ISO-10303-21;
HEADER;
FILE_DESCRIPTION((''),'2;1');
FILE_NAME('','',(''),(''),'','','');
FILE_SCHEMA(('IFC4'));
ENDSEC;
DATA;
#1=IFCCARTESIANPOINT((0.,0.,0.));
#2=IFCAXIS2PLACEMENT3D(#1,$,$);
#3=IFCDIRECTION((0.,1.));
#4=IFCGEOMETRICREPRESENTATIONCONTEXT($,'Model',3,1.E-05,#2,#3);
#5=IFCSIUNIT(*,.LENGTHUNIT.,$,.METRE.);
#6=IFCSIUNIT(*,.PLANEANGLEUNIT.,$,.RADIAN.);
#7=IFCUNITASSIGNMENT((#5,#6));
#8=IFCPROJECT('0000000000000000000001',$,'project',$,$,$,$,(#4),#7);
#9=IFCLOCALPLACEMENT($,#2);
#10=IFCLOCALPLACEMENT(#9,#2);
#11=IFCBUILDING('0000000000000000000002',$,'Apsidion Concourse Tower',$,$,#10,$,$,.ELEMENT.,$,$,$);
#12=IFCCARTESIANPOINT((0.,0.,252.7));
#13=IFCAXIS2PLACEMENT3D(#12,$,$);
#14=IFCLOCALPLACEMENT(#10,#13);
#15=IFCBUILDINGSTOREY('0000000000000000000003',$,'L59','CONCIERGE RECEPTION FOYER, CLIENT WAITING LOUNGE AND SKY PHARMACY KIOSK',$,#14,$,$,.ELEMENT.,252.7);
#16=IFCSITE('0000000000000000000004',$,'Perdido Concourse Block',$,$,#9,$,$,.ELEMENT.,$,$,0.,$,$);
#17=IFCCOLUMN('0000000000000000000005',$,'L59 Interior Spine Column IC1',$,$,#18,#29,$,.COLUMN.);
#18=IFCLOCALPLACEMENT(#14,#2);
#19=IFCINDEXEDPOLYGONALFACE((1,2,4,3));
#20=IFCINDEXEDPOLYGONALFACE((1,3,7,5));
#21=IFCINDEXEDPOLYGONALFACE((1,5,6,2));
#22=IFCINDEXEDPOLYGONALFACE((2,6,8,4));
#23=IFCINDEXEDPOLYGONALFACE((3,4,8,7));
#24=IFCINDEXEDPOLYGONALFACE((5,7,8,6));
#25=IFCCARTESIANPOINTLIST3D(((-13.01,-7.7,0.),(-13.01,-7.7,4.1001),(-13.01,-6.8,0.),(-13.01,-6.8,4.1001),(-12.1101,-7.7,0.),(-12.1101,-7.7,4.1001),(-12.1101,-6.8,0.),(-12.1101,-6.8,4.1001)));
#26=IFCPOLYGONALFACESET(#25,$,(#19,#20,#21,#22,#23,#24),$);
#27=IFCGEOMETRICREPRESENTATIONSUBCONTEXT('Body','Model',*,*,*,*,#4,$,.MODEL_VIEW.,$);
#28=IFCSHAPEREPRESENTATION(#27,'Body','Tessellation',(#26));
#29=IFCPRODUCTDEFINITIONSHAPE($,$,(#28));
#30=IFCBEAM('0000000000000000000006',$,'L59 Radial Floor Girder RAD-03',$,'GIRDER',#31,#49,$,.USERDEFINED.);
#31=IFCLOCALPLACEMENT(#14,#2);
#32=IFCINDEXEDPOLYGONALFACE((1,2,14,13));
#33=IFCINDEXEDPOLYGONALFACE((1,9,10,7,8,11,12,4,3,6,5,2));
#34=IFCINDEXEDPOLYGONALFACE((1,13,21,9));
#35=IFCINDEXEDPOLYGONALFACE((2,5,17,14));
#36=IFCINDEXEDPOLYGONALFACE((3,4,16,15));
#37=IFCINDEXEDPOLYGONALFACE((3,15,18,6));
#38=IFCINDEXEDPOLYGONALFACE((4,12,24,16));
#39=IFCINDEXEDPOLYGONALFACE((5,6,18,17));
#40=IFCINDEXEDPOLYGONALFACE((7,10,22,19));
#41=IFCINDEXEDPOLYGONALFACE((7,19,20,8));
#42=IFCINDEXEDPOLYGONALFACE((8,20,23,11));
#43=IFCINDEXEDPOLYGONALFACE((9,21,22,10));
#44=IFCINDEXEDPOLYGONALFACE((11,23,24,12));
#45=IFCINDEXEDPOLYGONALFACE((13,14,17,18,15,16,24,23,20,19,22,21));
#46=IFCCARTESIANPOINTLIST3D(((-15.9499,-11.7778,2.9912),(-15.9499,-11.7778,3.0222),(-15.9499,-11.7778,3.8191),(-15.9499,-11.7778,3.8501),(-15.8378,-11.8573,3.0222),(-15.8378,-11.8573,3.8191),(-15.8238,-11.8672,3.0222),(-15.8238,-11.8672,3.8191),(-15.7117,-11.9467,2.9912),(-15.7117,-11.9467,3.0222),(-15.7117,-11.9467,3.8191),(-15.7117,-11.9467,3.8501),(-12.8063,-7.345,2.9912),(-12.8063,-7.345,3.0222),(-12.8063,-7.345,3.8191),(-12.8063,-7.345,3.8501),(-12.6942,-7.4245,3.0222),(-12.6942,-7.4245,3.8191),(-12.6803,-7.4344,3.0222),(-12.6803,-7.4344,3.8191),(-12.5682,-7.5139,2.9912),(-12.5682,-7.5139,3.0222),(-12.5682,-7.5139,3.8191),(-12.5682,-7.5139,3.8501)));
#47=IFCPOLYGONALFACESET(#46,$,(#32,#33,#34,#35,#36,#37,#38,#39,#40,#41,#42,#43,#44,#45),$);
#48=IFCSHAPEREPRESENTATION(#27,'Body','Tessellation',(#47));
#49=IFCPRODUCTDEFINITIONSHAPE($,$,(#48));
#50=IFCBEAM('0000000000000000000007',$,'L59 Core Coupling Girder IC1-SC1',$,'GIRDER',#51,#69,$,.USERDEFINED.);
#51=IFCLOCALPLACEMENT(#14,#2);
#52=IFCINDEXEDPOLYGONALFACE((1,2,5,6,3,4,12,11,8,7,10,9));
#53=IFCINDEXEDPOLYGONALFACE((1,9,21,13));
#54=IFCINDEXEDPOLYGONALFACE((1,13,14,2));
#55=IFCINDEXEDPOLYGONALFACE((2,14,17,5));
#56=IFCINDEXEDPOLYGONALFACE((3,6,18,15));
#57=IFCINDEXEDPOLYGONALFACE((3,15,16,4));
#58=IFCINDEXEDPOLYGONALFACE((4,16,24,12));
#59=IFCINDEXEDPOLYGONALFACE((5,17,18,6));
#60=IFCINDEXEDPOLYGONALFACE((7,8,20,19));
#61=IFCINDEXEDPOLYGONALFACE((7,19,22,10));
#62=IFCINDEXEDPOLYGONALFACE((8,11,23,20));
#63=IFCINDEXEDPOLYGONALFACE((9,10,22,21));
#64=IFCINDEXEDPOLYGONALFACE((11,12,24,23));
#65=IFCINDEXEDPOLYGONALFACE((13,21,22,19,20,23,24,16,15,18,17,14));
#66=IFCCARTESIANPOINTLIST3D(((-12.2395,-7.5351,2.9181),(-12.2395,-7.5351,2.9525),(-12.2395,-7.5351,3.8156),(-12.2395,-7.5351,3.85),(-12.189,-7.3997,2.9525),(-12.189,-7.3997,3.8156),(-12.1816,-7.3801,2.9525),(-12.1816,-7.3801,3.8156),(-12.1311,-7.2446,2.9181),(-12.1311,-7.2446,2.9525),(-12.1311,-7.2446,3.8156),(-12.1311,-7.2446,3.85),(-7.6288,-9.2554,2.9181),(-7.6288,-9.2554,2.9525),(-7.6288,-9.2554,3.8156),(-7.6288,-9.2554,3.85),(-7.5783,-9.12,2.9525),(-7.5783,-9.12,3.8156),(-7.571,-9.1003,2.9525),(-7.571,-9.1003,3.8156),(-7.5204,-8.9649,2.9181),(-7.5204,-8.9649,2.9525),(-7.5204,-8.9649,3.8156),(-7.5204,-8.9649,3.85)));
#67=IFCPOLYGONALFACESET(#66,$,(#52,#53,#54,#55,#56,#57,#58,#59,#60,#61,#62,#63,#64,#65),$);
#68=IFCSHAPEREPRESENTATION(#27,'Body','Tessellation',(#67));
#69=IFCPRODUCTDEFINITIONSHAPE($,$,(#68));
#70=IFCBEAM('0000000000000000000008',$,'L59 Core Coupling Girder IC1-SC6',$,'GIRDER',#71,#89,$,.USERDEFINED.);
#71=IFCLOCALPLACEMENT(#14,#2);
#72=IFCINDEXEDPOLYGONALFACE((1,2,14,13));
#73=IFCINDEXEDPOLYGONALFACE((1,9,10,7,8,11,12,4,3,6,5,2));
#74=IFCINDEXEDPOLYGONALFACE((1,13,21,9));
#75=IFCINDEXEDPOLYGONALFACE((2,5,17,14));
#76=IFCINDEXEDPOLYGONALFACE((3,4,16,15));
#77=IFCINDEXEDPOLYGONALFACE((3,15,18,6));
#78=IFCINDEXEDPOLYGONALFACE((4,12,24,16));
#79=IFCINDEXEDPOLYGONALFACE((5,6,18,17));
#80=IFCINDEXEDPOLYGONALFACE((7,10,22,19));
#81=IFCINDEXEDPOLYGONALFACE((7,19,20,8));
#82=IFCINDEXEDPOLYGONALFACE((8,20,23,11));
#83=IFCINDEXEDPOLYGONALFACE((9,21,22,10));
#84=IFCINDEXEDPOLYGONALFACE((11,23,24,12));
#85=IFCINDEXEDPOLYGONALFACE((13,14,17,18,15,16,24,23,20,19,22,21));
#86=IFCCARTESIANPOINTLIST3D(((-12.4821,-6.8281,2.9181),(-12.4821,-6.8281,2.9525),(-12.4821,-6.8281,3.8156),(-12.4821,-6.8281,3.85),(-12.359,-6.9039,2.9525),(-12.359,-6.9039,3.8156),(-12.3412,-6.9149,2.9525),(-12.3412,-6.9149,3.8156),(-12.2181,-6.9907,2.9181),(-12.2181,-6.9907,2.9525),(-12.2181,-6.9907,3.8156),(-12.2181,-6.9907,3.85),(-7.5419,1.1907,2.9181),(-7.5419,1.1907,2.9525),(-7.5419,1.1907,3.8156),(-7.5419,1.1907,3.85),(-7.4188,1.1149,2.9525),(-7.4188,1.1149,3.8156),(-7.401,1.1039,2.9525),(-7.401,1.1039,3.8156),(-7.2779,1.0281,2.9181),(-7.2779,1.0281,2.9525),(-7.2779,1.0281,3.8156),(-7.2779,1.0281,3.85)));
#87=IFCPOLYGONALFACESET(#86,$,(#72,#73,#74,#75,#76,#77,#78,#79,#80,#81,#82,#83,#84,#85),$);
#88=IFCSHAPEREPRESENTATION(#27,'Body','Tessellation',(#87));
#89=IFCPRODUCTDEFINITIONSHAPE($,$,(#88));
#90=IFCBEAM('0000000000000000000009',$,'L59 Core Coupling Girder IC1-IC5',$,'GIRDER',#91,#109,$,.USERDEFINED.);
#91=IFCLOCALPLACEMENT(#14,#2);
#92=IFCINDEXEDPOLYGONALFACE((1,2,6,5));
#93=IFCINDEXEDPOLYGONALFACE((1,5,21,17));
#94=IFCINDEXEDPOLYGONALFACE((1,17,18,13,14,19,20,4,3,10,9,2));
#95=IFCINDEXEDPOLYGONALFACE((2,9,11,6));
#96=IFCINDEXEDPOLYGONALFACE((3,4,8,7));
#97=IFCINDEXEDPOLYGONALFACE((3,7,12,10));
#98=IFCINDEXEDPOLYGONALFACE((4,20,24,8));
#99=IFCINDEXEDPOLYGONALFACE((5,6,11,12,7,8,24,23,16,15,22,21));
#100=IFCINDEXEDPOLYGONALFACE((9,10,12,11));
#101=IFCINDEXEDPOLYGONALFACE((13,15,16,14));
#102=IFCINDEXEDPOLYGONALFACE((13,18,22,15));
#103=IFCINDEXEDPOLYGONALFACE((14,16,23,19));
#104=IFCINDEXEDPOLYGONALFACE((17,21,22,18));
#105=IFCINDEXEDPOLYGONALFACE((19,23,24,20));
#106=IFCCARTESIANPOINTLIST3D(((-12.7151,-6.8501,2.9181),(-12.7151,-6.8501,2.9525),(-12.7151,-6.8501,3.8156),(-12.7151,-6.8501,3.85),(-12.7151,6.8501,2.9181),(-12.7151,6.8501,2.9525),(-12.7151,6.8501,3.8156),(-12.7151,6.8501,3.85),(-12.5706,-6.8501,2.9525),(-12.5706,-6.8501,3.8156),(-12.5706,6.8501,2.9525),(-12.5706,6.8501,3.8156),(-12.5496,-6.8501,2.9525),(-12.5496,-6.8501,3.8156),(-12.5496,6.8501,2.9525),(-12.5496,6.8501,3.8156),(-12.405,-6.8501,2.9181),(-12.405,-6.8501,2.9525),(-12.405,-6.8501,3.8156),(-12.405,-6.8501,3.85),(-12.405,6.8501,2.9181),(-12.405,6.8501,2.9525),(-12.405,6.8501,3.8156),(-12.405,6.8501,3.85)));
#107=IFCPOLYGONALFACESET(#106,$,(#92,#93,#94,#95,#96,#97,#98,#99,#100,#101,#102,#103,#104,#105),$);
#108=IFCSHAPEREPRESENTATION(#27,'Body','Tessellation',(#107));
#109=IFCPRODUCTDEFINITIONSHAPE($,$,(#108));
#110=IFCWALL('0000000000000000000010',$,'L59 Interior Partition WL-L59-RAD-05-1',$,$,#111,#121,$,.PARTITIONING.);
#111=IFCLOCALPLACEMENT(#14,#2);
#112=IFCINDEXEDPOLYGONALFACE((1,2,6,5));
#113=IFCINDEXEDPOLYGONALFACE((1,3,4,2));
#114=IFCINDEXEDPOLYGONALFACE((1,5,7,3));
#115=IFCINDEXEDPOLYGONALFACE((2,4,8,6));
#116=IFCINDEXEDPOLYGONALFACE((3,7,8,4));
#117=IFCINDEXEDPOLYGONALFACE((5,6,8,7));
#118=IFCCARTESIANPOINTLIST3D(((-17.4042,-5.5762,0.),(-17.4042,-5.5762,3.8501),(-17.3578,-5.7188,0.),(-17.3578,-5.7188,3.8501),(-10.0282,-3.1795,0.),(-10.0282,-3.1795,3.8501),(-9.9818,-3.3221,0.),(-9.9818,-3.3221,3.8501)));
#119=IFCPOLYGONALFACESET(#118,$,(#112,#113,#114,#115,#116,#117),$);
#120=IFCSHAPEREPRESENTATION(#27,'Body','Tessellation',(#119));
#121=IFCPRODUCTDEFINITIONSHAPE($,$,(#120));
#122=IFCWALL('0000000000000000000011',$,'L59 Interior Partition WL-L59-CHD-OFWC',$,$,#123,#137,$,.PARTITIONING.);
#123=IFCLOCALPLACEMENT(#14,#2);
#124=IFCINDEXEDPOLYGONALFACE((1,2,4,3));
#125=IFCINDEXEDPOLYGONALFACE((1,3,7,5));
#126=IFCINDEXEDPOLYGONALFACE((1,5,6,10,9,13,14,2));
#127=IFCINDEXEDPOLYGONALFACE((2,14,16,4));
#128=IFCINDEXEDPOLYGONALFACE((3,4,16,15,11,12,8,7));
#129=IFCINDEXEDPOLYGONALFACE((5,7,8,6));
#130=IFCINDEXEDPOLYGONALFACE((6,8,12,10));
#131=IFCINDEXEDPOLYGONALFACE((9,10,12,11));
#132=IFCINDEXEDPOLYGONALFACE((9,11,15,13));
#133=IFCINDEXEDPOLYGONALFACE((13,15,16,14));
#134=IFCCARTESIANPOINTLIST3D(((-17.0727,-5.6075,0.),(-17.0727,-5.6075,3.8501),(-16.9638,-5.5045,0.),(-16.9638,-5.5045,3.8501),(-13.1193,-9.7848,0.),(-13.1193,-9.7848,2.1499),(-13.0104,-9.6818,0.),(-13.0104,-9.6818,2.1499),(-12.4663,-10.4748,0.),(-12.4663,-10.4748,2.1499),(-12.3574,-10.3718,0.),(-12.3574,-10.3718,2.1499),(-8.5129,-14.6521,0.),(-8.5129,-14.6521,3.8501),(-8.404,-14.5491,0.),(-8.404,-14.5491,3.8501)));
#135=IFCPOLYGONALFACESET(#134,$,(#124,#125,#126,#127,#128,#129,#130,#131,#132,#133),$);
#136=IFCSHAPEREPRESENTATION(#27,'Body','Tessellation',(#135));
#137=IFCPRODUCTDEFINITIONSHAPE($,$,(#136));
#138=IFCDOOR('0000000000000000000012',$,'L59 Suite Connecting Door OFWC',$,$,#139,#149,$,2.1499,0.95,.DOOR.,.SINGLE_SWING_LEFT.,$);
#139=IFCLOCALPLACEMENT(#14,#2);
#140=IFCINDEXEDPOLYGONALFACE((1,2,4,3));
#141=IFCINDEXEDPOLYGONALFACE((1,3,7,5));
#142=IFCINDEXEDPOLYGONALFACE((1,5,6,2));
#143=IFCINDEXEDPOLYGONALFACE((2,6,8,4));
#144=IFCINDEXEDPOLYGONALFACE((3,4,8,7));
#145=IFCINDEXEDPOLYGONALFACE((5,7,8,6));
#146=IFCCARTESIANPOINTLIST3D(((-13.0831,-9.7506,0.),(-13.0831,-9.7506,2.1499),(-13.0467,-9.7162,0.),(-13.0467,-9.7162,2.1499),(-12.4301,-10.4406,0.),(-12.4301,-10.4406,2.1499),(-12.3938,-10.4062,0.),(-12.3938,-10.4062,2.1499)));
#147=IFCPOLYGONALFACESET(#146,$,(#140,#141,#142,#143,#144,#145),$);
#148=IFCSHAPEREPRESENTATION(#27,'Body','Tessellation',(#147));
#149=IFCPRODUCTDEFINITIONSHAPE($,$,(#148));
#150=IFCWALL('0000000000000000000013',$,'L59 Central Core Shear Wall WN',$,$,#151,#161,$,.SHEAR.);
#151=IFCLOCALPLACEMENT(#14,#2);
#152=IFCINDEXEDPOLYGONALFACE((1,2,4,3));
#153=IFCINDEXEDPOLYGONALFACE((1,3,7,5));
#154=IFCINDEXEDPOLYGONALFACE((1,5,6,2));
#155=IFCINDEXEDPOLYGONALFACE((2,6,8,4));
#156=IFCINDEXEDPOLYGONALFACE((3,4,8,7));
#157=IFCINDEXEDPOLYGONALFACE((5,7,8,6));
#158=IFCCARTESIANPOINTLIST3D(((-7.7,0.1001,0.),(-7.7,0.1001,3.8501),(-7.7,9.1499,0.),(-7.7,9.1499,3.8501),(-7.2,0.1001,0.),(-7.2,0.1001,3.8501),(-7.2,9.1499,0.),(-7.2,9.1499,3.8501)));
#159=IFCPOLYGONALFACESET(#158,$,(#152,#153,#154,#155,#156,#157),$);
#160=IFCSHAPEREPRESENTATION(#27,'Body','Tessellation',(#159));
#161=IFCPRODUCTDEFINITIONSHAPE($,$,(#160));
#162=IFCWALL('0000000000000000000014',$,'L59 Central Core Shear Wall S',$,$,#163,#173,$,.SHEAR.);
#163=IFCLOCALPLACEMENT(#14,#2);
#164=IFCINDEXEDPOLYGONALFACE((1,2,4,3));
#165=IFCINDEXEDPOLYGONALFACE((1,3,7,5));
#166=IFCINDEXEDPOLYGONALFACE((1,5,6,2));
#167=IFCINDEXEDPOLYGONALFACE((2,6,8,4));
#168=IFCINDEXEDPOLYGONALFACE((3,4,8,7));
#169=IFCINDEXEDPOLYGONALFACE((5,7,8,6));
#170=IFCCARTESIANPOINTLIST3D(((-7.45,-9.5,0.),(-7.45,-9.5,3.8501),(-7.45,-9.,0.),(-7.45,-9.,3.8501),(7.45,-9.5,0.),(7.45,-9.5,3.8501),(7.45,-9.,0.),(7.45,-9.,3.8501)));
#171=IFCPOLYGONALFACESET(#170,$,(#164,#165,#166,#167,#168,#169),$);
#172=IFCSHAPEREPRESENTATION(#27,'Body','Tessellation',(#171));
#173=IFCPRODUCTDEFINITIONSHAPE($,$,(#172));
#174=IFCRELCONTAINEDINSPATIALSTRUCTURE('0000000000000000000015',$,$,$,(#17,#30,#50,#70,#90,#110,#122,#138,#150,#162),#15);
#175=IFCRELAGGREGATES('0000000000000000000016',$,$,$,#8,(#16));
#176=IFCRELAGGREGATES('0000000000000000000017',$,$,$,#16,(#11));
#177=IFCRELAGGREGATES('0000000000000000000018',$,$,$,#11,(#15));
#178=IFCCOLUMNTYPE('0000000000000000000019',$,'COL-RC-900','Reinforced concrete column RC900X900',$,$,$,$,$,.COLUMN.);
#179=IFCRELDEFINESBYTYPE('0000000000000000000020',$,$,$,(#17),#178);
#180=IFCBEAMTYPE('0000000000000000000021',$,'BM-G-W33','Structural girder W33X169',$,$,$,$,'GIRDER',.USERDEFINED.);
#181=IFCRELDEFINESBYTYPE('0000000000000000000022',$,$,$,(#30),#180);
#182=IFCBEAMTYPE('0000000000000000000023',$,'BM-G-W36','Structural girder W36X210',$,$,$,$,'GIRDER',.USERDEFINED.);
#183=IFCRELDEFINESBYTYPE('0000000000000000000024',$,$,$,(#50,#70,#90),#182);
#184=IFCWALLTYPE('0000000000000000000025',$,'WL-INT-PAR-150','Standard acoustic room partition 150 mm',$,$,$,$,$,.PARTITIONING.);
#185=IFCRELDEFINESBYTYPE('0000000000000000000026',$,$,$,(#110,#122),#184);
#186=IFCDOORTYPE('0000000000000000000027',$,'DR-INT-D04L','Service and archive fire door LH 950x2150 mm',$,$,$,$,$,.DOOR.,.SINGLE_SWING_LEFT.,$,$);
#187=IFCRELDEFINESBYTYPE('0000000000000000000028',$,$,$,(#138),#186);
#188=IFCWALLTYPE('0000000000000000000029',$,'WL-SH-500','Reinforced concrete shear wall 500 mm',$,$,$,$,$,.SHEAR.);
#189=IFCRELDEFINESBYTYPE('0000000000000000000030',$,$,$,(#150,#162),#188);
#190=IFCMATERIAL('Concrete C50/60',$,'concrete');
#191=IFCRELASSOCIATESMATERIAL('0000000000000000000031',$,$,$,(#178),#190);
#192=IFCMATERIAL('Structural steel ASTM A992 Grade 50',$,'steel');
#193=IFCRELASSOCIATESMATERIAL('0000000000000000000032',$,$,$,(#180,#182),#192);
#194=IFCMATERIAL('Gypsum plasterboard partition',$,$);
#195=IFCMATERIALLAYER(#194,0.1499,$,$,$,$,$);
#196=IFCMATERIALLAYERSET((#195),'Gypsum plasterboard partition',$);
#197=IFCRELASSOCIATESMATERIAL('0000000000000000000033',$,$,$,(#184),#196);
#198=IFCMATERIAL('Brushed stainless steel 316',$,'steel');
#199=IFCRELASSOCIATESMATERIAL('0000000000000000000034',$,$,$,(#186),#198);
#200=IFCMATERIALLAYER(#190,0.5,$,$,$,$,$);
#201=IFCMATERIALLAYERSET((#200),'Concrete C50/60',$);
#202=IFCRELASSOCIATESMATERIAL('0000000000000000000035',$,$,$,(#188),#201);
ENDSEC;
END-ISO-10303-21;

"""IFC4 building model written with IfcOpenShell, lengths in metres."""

from ifc_helpers import new_model, si_unit, direction, frame, frame_2d, origin, origin_2d, place, context, subcontext, project, spatial, rectangle, i_section, extrude, material, layer, layer_set, material_profile, profile_set, type_object, element, fill, save


model = new_model("IFC4")

# Units and contexts
model_context = context("Model", 3, precision=1e-05, world=origin(), true_north=direction((0.0, 1.0)))
body_context = subcontext(model_context, "Body", "Model", "MODEL_VIEW")
ifc_project = project(units=[si_unit("LENGTHUNIT", "METRE"), si_unit("PLANEANGLEUNIT", "RADIAN")], contexts=[model_context])

# Site, building, storey
site_placement = place(None, origin())
site = spatial("IfcSite", under=ifc_project, at=site_placement, Name="Perdido Concourse Block", CompositionType="ELEMENT", RefElevation=0.0)
building_placement = place(site_placement, origin())
building = spatial("IfcBuilding", under=site, at=building_placement, Name="Apsidion Concourse Tower", CompositionType="ELEMENT")
storey_placement = place(building_placement, frame((0.0, 0.0, 252.7)))
storey = spatial("IfcBuildingStorey", under=building, at=storey_placement, Name="L59", Description="CONCIERGE RECEPTION FOYER, CLIENT WAITING LOUNGE AND SKY PHARMACY KIOSK", CompositionType="ELEMENT", Elevation=252.7)

# Column
ifc_material_1 = material(Name="Concrete C50/60", Category="concrete")
ifc_material_profile_1 = material_profile(ifc_material_1, rectangle(XDim=0.8999, YDim=0.8999, at=origin_2d()), Name="RC 900x900")
ifc_profile_set_1 = profile_set([ifc_material_profile_1], Name="Concrete C50/60")
column_type = type_object("IfcColumnType", Name="COL-RC-900", Description="Reinforced concrete column RC900X900", PredefinedType="COLUMN", material=ifc_profile_set_1)
column_placement = place(storey_placement, frame((-12.5601, -7.25, 0.0), z_axis=(0.0, 0.0, 1.0), x_axis=(1.0, 0.0, 0.0)))
element("IfcColumn", 1, at=column_placement, inside=storey, type_object=column_type, Name="L59 Interior Spine Column IC1", PredefinedType="COLUMN", context=body_context, shape_type="SweptSolid", body=[
    extrude(rectangle(XDim=0.8999, YDim=0.8999, at=origin_2d()), origin(), (0.0, 0.0, 1.0), 4.1001),
])

# Beams
ifc_material_2 = material(Name="Structural steel ASTM A992 Grade 50", Category="steel")
ifc_material_profile_2 = material_profile(ifc_material_2, i_section(OverallWidth=0.292, OverallDepth=0.8589, WebThickness=0.0171, FlangeThickness=0.031, at=origin_2d()), Name="W33X169")
ifc_profile_set_2 = profile_set([ifc_material_profile_2], Name="Structural steel ASTM A992 Grade 50")
beam_type_1 = type_object("IfcBeamType", Name="BM-G-W33", Description="Structural girder W33X169", ElementType="GIRDER", PredefinedType="USERDEFINED", material=ifc_profile_set_2)
beam_1_placement = place(storey_placement, frame((-12.6873, -7.4294, 3.4207), z_axis=(-0.57846, -0.815711, 0.0), x_axis=(0.815711, -0.57846, 0.0)))
element("IfcBeam", 2, at=beam_1_placement, inside=storey, type_object=beam_type_1, Name="L59 Radial Floor Girder RAD-03", ObjectType="GIRDER", PredefinedType="USERDEFINED", context=body_context, shape_type="SweptSolid", body=[
    extrude(i_section(OverallWidth=0.292, OverallDepth=0.8589, WebThickness=0.0171, FlangeThickness=0.031, at=origin_2d()), origin(), (0.0, 0.0, 1.0), 5.4343),
])
ifc_material_profile_3 = material_profile(ifc_material_2, i_section(OverallWidth=0.3101, OverallDepth=0.9319, WebThickness=0.021, FlangeThickness=0.0344, at=origin_2d()), Name="W36X210")
ifc_profile_set_3 = profile_set([ifc_material_profile_3], Name="Structural steel ASTM A992 Grade 50")
beam_type_2 = type_object("IfcBeamType", Name="BM-G-W36", Description="Structural girder W36X210", ElementType="GIRDER", PredefinedType="USERDEFINED", material=ifc_profile_set_3)
beam_2_placement = place(storey_placement, frame((-12.1853, -7.3899, 3.384), z_axis=(0.936913, -0.349563, 0.0), x_axis=(0.349563, 0.936913, 0.0)))
element("IfcBeam", 3, at=beam_2_placement, inside=storey, type_object=beam_type_2, Name="L59 Core Coupling Girder IC1-SC1", ObjectType="GIRDER", PredefinedType="USERDEFINED", context=body_context, shape_type="SweptSolid", body=[
    extrude(i_section(OverallWidth=0.3101, OverallDepth=0.9319, WebThickness=0.021, FlangeThickness=0.0344, at=origin_2d()), origin(), (0.0, 0.0, 1.0), 4.9211),
])
beam_3_placement = place(storey_placement, frame((-12.3501, -6.9094, 3.384), z_axis=(0.524524, 0.851396, 0.0), x_axis=(-0.851396, 0.524524, 0.0)))
element("IfcBeam", 4, at=beam_3_placement, inside=storey, type_object=beam_type_2, Name="L59 Core Coupling Girder IC1-SC6", ObjectType="GIRDER", PredefinedType="USERDEFINED", context=body_context, shape_type="SweptSolid", body=[
    extrude(i_section(OverallWidth=0.3101, OverallDepth=0.9319, WebThickness=0.021, FlangeThickness=0.0344, at=origin_2d()), origin(), (0.0, 0.0, 1.0), 9.4185),
])
beam_4_placement = place(storey_placement, frame((-12.5601, -6.8501, 3.384), z_axis=(0.0, 1.0, 0.0), x_axis=(-1.0, 0.0, 0.0)))
element("IfcBeam", 5, at=beam_4_placement, inside=storey, type_object=beam_type_2, Name="L59 Core Coupling Girder IC1-IC5", ObjectType="GIRDER", PredefinedType="USERDEFINED", context=body_context, shape_type="SweptSolid", body=[
    extrude(i_section(OverallWidth=0.3101, OverallDepth=0.9319, WebThickness=0.021, FlangeThickness=0.0344, at=origin_2d()), origin(), (0.0, 0.0, 1.0), 13.7002),
])

# Wall
ifc_material_3 = material(Name="Gypsum plasterboard partition")
ifc_layer_1 = layer(ifc_material_3, 0.1499)
ifc_layer_set_1 = layer_set([ifc_layer_1], Name="Gypsum plasterboard partition")
wall_type_1 = type_object("IfcWallType", Name="WL-INT-PAR-150", Description="Standard acoustic room partition 150 mm", PredefinedType="PARTITIONING", material=ifc_layer_set_1)
wall_1_placement = place(storey_placement, frame((-10.0049, -3.2507, 0.0), z_axis=(0.0, 0.0, 1.0), x_axis=(-0.951052, -0.309032, 0.0)))
element("IfcWall", 6, at=wall_1_placement, inside=storey, type_object=wall_type_1, Name="L59 Interior Partition WL-L59-RAD-05-1", PredefinedType="PARTITIONING", context=body_context, shape_type="SweptSolid", body=[
    extrude(rectangle(XDim=7.7556, YDim=0.1499, at=frame_2d((3.8779, 0.0))), origin(), (0.0, 0.0, 1.0), 3.8501),
])

# Wall, opening, door
wall_2_placement = place(storey_placement, frame((-17.0183, -5.5559, 0.0), z_axis=(0.0, 0.0, 1.0), x_axis=(0.687371, -0.726307, 0.0)))
wall_2 = element("IfcWall", 7, at=wall_2_placement, inside=storey, type_object=wall_type_1, Name="L59 Interior Partition WL-L59-CHD-OFWC", PredefinedType="PARTITIONING", context=body_context, shape_type="SweptSolid", body=[
    extrude(rectangle(XDim=12.4529, YDim=0.1499, at=frame_2d((6.2266, 0.0))), origin(), (0.0, 0.0, 1.0), 3.8501),
])
opening_1_placement = place(wall_2_placement, frame((5.7515, 0.0, 0.0)))
opening_1 = element("IfcOpeningElement", 8, at=opening_1_placement, cuts=wall_2, PredefinedType="OPENING", context=body_context, shape_type="SweptSolid", body=[
    extrude(rectangle(XDim=0.95, YDim=2.1499, at=frame_2d((0.4751, 1.075))), frame((0.0, 0.085, 0.0), z_axis=(0.0, -1.0, 0.0), x_axis=(1.0, 0.0, 0.0)), (0.0, 0.0, 1.0), 0.1699),
])
ifc_material_4 = material(Name="Brushed stainless steel 316", Category="steel")
door_type_1 = type_object("IfcDoorType", Name="DR-INT-D04L", Description="Service and archive fire door LH 950x2150 mm", OperationType="SINGLE_SWING_LEFT", PredefinedType="DOOR", material=ifc_material_4)
door_1_placement = place(opening_1_placement, origin())
door_1 = element("IfcDoor", 9, at=door_1_placement, inside=storey, type_object=door_type_1, Name="L59 Suite Connecting Door OFWC", OperationType="SINGLE_SWING_LEFT", OverallHeight=2.1499, OverallWidth=0.95, PredefinedType="DOOR", context=body_context, shape_type="SweptSolid", body=[
    extrude(rectangle(XDim=0.95, YDim=2.1499, at=frame_2d((0.4751, 1.075))), frame((0.0, 0.0249, 0.0), z_axis=(0.0, -1.0, 0.0), x_axis=(1.0, 0.0, 0.0)), (0.0, 0.0, 1.0), 0.05),
])
fill(opening_1, door_1)

# Wall
ifc_layer_2 = layer(ifc_material_1, 0.5)
ifc_layer_set_2 = layer_set([ifc_layer_2], Name="Concrete C50/60")
wall_type_2 = type_object("IfcWallType", Name="WL-SH-500", Description="Reinforced concrete shear wall 500 mm", PredefinedType="SHEAR", material=ifc_layer_set_2)
wall_3_placement = place(storey_placement, frame((-7.45, 0.1001, 0.0), z_axis=(0.0, 0.0, 1.0), x_axis=(0.0, 1.0, 0.0)))
element("IfcWall", 10, at=wall_3_placement, inside=storey, type_object=wall_type_2, Name="L59 Central Core Shear Wall WN", PredefinedType="SHEAR", context=body_context, shape_type="SweptSolid", body=[
    extrude(rectangle(XDim=9.0498, YDim=0.5, at=frame_2d((4.5249, 0.0))), origin(), (0.0, 0.0, 1.0), 3.8501),
])

# Wall
wall_4_placement = place(storey_placement, frame((-7.45, -9.25, 0.0), z_axis=(0.0, 0.0, 1.0), x_axis=(1.0, 0.0, 0.0)))
element("IfcWall", 11, at=wall_4_placement, inside=storey, type_object=wall_type_2, Name="L59 Central Core Shear Wall S", PredefinedType="SHEAR", context=body_context, shape_type="SweptSolid", body=[
    extrude(rectangle(XDim=14.8999, YDim=0.5, at=frame_2d((7.45, 0.0))), origin(), (0.0, 0.0, 1.0), 3.8501),
])

save(model, "model.ifc")
